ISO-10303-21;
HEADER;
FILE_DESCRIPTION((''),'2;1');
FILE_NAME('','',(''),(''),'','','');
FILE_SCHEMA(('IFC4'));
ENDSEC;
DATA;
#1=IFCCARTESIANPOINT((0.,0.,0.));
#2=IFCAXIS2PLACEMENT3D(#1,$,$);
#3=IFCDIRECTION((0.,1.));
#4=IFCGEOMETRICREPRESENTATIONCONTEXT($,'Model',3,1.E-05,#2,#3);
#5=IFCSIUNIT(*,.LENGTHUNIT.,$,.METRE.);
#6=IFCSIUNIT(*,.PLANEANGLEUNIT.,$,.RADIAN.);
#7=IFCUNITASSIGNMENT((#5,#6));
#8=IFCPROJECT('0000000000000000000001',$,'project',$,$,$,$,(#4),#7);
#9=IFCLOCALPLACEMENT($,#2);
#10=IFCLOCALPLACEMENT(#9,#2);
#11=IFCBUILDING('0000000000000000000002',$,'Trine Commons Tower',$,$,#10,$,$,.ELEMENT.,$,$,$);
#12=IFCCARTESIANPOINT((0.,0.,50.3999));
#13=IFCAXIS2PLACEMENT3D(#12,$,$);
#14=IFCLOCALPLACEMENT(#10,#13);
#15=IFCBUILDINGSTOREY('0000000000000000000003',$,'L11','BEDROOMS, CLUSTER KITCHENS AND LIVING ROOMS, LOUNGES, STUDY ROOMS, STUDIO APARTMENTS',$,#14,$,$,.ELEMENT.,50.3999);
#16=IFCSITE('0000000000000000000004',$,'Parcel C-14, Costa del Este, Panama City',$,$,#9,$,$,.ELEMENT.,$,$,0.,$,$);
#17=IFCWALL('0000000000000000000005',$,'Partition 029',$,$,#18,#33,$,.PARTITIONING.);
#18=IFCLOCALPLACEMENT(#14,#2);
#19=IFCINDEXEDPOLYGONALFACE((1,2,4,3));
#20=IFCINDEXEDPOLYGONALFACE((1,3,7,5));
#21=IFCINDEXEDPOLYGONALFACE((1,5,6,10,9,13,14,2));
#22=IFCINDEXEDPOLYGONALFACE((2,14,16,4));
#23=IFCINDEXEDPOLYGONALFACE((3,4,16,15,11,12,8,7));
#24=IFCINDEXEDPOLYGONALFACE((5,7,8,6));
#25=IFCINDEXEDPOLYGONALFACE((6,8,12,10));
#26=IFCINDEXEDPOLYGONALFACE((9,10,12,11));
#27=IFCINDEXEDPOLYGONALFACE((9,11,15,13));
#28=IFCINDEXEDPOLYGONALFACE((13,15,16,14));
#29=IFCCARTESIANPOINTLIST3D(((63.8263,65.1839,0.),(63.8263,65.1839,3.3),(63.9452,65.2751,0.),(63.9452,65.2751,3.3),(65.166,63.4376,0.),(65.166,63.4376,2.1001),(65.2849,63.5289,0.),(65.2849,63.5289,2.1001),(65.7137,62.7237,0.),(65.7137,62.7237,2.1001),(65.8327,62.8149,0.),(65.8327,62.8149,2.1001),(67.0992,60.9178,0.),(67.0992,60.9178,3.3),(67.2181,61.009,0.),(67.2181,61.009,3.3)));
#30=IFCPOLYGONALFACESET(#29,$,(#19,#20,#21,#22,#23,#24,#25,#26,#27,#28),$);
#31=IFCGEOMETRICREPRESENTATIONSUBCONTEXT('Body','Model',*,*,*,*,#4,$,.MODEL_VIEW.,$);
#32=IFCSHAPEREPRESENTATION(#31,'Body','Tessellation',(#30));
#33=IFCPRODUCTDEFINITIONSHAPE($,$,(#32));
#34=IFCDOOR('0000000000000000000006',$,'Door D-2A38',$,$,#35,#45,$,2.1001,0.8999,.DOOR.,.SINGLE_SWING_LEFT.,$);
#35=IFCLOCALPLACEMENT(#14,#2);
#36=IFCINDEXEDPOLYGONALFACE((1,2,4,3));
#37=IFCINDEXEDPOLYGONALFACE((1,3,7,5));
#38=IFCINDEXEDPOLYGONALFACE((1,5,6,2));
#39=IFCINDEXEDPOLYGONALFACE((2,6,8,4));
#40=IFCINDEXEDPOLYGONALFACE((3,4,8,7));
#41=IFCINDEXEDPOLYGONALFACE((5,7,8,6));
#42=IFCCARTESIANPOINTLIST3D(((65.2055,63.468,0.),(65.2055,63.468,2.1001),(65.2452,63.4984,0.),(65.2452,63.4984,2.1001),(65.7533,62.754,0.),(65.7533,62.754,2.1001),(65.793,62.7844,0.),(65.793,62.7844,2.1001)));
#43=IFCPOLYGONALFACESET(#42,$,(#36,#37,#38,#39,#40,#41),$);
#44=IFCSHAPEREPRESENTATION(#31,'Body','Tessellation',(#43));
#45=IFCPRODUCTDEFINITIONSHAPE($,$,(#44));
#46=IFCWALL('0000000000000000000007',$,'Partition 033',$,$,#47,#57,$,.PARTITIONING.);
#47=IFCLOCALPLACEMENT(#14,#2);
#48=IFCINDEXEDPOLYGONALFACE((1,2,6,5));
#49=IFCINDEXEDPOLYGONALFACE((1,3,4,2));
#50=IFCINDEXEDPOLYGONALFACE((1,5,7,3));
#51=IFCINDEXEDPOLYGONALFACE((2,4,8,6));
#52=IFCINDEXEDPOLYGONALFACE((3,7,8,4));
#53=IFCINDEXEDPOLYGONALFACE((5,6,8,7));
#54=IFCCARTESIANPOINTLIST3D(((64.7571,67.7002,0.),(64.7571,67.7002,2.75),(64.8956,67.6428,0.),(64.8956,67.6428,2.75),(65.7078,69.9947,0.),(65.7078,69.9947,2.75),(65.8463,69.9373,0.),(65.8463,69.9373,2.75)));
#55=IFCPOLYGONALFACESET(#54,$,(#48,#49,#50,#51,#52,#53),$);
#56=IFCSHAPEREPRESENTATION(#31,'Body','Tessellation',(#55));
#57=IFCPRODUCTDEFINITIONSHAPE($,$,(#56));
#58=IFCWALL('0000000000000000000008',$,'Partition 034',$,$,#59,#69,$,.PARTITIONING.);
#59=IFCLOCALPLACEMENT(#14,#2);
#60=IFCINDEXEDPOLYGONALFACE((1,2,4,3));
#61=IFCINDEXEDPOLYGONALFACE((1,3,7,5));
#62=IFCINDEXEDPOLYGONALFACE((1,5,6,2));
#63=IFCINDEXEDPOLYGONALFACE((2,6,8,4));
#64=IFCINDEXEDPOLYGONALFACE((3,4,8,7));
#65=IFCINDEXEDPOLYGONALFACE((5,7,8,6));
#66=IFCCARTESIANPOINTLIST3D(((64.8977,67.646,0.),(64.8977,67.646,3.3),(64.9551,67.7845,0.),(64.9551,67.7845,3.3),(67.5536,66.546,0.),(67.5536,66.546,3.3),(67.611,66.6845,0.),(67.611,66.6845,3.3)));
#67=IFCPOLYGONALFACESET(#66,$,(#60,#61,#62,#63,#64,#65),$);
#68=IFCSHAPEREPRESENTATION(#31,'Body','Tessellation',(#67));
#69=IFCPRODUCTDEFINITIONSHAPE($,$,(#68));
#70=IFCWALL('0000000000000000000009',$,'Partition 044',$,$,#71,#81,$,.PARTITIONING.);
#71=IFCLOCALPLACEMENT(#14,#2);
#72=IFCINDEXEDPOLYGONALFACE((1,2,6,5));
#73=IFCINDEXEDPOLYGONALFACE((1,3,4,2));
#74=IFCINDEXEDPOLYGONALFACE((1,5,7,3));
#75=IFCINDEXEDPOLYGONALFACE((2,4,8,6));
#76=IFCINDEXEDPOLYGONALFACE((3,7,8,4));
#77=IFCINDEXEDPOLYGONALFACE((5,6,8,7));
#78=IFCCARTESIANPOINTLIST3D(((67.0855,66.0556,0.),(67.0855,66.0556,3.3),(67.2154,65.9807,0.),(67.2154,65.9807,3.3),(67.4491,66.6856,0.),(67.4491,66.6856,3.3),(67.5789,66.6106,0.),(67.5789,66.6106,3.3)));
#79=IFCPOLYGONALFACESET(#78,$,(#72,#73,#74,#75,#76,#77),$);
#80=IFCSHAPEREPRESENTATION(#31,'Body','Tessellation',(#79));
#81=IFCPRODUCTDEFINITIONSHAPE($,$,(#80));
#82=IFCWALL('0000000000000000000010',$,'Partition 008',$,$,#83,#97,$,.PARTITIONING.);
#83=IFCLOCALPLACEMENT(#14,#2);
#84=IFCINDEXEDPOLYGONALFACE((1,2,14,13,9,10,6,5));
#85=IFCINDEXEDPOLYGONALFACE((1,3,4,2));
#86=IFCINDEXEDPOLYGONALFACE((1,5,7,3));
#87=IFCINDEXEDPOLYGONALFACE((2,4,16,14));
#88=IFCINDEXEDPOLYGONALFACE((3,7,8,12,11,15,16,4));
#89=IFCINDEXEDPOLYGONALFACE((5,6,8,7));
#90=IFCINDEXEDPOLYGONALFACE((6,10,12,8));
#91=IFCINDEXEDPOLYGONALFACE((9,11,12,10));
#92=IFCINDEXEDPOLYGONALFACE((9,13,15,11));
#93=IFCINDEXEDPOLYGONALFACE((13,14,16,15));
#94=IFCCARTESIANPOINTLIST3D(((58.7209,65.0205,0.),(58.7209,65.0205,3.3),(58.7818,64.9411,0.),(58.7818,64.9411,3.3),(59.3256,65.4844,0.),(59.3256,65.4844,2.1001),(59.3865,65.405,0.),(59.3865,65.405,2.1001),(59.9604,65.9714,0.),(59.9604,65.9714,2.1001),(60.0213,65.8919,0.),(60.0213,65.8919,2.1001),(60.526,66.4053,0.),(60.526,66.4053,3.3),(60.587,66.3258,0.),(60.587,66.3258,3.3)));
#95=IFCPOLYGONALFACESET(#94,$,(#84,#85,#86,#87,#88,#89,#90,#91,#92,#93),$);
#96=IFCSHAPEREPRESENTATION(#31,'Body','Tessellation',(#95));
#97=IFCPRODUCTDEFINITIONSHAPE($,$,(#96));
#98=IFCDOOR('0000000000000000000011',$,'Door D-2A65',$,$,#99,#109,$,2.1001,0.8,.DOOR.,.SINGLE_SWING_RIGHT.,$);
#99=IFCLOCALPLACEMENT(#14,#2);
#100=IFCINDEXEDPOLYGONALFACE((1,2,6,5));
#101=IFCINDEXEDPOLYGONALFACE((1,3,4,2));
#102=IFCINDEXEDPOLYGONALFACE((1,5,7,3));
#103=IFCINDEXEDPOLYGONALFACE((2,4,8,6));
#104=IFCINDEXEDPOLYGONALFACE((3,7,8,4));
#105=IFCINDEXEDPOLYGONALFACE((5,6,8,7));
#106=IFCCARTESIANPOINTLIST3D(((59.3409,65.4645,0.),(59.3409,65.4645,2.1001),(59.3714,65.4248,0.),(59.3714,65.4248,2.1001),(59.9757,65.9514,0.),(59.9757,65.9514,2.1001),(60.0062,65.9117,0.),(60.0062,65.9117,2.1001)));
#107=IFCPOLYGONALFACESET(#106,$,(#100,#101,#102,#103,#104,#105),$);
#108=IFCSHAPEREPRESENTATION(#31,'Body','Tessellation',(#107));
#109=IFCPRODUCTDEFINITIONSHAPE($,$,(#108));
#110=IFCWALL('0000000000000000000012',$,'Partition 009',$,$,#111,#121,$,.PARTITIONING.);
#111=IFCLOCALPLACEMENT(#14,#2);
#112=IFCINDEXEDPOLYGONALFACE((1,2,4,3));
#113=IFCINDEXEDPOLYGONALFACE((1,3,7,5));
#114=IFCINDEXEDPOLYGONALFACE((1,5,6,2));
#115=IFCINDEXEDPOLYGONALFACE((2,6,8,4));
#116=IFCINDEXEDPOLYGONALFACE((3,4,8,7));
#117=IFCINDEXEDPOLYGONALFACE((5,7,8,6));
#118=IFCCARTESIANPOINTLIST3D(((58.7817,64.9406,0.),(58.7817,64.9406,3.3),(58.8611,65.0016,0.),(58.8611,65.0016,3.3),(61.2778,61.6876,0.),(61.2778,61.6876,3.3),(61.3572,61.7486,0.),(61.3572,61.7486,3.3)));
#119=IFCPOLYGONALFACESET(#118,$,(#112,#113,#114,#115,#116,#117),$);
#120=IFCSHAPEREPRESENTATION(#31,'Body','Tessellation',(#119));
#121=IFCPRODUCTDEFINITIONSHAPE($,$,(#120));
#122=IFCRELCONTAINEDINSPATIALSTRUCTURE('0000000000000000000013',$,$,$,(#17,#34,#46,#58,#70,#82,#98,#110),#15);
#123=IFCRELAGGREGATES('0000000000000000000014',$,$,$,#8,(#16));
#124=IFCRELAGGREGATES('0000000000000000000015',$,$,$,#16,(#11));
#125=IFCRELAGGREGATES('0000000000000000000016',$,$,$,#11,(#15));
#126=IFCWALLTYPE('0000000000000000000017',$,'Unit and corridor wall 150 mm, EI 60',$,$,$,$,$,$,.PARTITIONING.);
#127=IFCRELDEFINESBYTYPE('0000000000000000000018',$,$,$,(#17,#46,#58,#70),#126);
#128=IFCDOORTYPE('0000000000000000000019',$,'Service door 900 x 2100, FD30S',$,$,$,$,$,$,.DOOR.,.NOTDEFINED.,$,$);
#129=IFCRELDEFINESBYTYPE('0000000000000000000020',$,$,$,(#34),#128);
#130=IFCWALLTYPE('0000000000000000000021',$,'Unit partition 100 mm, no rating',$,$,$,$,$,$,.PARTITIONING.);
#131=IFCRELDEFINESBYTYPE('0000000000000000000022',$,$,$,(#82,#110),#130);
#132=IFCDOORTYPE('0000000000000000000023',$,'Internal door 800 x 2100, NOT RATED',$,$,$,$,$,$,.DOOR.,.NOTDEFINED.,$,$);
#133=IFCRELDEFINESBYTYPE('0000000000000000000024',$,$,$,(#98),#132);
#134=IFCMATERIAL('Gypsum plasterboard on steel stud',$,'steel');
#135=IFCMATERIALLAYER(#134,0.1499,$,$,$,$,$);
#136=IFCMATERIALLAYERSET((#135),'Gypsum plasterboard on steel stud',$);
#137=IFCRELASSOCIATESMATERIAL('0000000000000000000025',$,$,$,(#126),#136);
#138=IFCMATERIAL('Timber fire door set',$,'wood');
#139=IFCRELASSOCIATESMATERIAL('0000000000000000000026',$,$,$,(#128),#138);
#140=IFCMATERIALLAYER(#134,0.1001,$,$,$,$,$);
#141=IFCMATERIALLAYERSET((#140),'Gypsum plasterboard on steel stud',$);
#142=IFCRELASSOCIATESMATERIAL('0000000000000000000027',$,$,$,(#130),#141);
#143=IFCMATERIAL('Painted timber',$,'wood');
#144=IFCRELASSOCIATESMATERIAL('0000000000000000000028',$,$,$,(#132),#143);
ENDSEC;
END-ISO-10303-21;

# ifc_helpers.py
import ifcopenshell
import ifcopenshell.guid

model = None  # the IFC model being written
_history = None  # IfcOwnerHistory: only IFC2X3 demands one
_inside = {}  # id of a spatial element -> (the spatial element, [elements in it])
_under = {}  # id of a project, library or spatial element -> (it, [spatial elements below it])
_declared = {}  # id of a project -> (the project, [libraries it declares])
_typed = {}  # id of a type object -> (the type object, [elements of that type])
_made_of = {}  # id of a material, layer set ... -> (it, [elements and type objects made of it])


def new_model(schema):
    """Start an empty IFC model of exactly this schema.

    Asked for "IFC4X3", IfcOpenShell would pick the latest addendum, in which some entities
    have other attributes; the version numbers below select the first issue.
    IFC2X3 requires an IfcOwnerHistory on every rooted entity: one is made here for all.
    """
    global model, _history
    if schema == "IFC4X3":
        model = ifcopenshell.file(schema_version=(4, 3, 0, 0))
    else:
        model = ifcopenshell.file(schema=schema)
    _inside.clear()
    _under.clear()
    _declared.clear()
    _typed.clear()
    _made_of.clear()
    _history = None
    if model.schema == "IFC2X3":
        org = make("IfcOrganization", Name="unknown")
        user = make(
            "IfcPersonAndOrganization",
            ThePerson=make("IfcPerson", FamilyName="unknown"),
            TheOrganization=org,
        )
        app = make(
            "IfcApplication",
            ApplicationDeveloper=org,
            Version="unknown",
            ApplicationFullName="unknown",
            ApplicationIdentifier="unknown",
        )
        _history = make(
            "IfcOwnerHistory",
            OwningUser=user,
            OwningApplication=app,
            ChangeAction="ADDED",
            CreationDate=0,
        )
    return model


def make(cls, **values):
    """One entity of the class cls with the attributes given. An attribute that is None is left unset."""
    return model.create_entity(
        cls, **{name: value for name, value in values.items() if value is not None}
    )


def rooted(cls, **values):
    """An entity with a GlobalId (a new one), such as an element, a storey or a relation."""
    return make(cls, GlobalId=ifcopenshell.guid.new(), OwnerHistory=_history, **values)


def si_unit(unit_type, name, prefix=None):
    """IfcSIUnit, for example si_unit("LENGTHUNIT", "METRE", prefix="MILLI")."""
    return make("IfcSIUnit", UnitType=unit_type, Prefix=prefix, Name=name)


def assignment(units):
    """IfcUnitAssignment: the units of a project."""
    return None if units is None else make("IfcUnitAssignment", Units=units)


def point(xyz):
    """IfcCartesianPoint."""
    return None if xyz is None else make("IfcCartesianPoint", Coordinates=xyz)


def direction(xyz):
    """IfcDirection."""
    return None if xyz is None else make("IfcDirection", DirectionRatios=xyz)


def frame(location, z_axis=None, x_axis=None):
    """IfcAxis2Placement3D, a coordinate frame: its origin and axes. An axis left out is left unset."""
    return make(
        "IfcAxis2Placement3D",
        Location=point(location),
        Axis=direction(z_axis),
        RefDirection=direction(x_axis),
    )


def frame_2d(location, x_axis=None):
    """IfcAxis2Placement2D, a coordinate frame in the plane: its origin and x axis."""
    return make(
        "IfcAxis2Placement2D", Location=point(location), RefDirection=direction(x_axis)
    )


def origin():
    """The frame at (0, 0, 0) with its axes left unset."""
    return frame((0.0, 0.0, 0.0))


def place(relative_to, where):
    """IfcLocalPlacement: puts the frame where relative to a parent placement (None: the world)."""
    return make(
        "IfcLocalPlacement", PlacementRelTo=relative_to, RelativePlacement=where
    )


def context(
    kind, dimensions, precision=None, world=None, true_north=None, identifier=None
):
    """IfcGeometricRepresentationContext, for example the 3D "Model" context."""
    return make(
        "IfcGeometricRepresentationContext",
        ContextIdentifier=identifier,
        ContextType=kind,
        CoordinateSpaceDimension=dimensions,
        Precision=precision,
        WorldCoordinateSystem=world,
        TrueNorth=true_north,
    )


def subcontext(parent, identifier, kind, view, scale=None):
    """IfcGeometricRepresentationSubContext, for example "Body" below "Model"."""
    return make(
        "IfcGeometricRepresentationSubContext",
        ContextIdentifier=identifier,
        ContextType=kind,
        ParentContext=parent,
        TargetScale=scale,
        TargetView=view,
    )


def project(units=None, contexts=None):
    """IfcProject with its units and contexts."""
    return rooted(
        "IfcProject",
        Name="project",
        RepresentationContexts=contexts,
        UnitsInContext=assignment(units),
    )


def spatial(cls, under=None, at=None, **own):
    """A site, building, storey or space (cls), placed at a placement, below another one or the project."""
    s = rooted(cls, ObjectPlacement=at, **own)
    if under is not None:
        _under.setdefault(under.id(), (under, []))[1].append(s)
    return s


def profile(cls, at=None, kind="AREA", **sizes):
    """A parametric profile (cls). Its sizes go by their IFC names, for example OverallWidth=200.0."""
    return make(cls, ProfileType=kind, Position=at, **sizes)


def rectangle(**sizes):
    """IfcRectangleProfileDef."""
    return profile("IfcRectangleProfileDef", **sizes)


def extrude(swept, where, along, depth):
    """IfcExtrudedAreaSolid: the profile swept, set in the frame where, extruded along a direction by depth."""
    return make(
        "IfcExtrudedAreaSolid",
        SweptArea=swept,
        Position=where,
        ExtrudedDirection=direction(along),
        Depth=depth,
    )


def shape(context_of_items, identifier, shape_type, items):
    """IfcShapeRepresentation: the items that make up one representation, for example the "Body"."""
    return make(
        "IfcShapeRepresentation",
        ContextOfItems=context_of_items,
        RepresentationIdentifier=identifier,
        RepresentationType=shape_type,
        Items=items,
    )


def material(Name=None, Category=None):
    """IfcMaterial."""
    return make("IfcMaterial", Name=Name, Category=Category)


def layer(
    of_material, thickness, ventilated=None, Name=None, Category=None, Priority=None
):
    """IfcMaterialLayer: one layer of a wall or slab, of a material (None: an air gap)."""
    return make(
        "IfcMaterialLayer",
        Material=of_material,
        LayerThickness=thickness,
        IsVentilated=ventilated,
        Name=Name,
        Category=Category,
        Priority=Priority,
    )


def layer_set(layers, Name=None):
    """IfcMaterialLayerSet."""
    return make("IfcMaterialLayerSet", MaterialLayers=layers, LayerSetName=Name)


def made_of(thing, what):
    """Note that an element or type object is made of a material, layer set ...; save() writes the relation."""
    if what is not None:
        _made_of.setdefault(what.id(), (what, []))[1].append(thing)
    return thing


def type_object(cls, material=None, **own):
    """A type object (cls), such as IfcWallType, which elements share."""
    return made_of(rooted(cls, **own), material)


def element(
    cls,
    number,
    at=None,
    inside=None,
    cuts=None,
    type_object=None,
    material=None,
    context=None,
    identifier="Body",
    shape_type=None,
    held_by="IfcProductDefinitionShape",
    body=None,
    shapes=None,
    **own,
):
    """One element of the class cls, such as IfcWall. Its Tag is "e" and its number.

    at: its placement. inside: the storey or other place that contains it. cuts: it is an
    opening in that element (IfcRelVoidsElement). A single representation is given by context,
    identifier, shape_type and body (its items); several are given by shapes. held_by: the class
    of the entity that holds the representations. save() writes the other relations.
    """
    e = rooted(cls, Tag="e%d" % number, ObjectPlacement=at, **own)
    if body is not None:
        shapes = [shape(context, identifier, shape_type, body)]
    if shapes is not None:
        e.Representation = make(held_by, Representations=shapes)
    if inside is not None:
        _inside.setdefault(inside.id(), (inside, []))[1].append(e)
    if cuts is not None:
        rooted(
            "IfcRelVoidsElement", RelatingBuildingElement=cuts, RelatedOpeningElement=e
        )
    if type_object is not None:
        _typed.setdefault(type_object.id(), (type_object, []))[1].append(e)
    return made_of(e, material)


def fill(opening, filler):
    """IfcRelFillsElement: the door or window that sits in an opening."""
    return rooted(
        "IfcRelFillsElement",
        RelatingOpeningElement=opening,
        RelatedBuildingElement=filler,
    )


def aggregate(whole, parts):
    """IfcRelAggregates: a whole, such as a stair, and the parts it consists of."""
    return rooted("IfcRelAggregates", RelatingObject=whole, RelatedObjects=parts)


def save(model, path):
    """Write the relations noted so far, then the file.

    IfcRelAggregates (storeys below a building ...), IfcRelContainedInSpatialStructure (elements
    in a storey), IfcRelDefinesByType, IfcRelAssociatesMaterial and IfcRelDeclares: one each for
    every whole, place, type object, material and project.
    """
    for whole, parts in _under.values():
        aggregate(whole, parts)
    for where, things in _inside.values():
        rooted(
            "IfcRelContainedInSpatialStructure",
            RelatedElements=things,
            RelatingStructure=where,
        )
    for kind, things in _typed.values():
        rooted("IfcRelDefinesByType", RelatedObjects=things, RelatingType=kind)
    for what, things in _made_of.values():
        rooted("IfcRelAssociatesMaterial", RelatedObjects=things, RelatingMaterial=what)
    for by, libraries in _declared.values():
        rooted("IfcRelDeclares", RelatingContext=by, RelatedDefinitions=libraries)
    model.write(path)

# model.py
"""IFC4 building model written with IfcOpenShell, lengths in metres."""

from ifc_helpers import new_model, si_unit, direction, frame, frame_2d, origin, place, context, subcontext, project, spatial, rectangle, extrude, material, layer, layer_set, type_object, element, fill, save


model = new_model("IFC4")

# Units and contexts
model_context = context("Model", 3, precision=1e-05, world=origin(), true_north=direction((0.0, 1.0)))
body_context = subcontext(model_context, "Body", "Model", "MODEL_VIEW")
ifc_project = project(units=[si_unit("LENGTHUNIT", "METRE"), si_unit("PLANEANGLEUNIT", "RADIAN")], contexts=[model_context])

# Site, building, storey
site_placement = place(None, origin())
site = spatial("IfcSite", under=ifc_project, at=site_placement, Name="Parcel C-14, Costa del Este, Panama City", CompositionType="ELEMENT", RefElevation=0.0)
building_placement = place(site_placement, origin())
building = spatial("IfcBuilding", under=site, at=building_placement, Name="Trine Commons Tower", CompositionType="ELEMENT")
storey_placement = place(building_placement, frame((0.0, 0.0, 50.3999)))
storey = spatial("IfcBuildingStorey", under=building, at=storey_placement, Name="L11", Description="BEDROOMS, CLUSTER KITCHENS AND LIVING ROOMS, LOUNGES, STUDY ROOMS, STUDIO APARTMENTS", CompositionType="ELEMENT", Elevation=50.3999)

# Shared definitions
ifc_material_1 = material(Name="Gypsum plasterboard on steel stud", Category="steel")
ifc_layer_1 = layer(ifc_material_1, 0.1499)
ifc_layer_set_1 = layer_set([ifc_layer_1], Name="Gypsum plasterboard on steel stud")
wall_type_1 = type_object("IfcWallType", Name="Unit and corridor wall 150 mm, EI 60", PredefinedType="PARTITIONING", material=ifc_layer_set_1)
ifc_material_2 = material(Name="Timber fire door set", Category="wood")

# Shared definitions
ifc_material_3 = material(Name="Painted timber", Category="wood")

# Wall, opening, door
wall_1_placement = place(storey_placement, frame((63.8857, 65.2295, 0.0), z_axis=(0.0, 0.0, 1.0), x_axis=(0.608697, -0.793403, 0.0)))
wall_1 = element("IfcWall", 1, at=wall_1_placement, inside=storey, type_object=wall_type_1, Name="Partition 029", PredefinedType="PARTITIONING", context=body_context, shape_type="SweptSolid", body=[
    extrude(rectangle(XDim=5.377, YDim=0.1499, at=frame_2d((2.6885, 0.0))), origin(), (0.0, 0.0, 1.0), 3.3),
])
opening_1_placement = place(wall_1_placement, frame((2.2009, 0.0, 0.0)))
opening_1 = element("IfcOpeningElement", 2, at=opening_1_placement, cuts=wall_1, PredefinedType="OPENING", context=body_context, shape_type="SweptSolid", body=[
    extrude(rectangle(XDim=0.8999, YDim=2.1001, at=frame_2d((0.45, 1.05))), frame((0.0, 0.085, 0.0), z_axis=(0.0, -1.0, 0.0), x_axis=(1.0, 0.0, 0.0)), (0.0, 0.0, 1.0), 0.1699),
])
door_type_1 = type_object("IfcDoorType", Name="Service door 900 x 2100, FD30S", OperationType="NOTDEFINED", PredefinedType="DOOR", material=ifc_material_2)
door_1_placement = place(opening_1_placement, origin())
door_1 = element("IfcDoor", 3, at=door_1_placement, inside=storey, type_object=door_type_1, Name="Door D-2A38", OperationType="SINGLE_SWING_LEFT", OverallHeight=2.1001, OverallWidth=0.8999, PredefinedType="DOOR", context=body_context, shape_type="SweptSolid", body=[
    extrude(rectangle(XDim=0.8999, YDim=2.1001, at=frame_2d((0.45, 1.05))), frame((0.0, 0.0249, 0.0), z_axis=(0.0, -1.0, 0.0), x_axis=(1.0, 0.0, 0.0)), (0.0, 0.0, 1.0), 0.05),
])
fill(opening_1, door_1)

# Walls
wall_2_placement = place(storey_placement, frame((64.8264, 67.6716, 0.0), z_axis=(0.0, 0.0, 1.0), x_axis=(0.382786, 0.923837, 0.0)))
element("IfcWall", 4, at=wall_2_placement, inside=storey, type_object=wall_type_1, Name="Partition 033", PredefinedType="PARTITIONING", context=body_context, shape_type="SweptSolid", body=[
    extrude(rectangle(XDim=2.4836, YDim=0.1499, at=frame_2d((1.2417, 0.0))), origin(), (0.0, 0.0, 1.0), 2.75),
])
wall_3_placement = place(storey_placement, frame((64.9263, 67.7153, 0.0), z_axis=(0.0, 0.0, 1.0), x_axis=(0.923886, -0.382667, 0.0)))
element("IfcWall", 5, at=wall_3_placement, inside=storey, type_object=wall_type_1, Name="Partition 034", PredefinedType="PARTITIONING", context=body_context, shape_type="SweptSolid", body=[
    extrude(rectangle(XDim=2.8748, YDim=0.1499, at=frame_2d((1.4375, 0.0))), origin(), (0.0, 0.0, 1.0), 3.3),
])
wall_4_placement = place(storey_placement, frame((67.1504, 66.0181, 0.0), z_axis=(0.0, 0.0, 1.0), x_axis=(0.499858, 0.866107, 0.0)))
element("IfcWall", 6, at=wall_4_placement, inside=storey, type_object=wall_type_1, Name="Partition 044", PredefinedType="PARTITIONING", context=body_context, shape_type="SweptSolid", body=[
    extrude(rectangle(XDim=0.7273, YDim=0.1499, at=frame_2d((0.3638, 0.0))), origin(), (0.0, 0.0, 1.0), 3.3),
])

# Wall, opening, door
ifc_layer_2 = layer(ifc_material_1, 0.1001)
ifc_layer_set_2 = layer_set([ifc_layer_2], Name="Gypsum plasterboard on steel stud")
wall_type_2 = type_object("IfcWallType", Name="Unit partition 100 mm, no rating", PredefinedType="PARTITIONING", material=ifc_layer_set_2)
wall_5_placement = place(storey_placement, frame((58.7512, 64.9807, 0.0), z_axis=(0.0, 0.0, 1.0), x_axis=(0.793437, 0.608652, 0.0)))
wall_5 = element("IfcWall", 7, at=wall_5_placement, inside=storey, type_object=wall_type_2, Name="Partition 008", PredefinedType="PARTITIONING", context=body_context, shape_type="SweptSolid", body=[
    extrude(rectangle(XDim=2.2751, YDim=0.1001, at=frame_2d((1.1377, 0.0))), origin(), (0.0, 0.0, 1.0), 3.3),
])
opening_2_placement = place(wall_5_placement, frame((0.7625, 0.0, 0.0)))
opening_2 = element("IfcOpeningElement", 8, at=opening_2_placement, cuts=wall_5, PredefinedType="OPENING", context=body_context, shape_type="SweptSolid", body=[
    extrude(rectangle(XDim=0.8, YDim=2.1001, at=frame_2d((0.3999, 1.05))), frame((0.0, 0.0601, 0.0), z_axis=(0.0, -1.0, 0.0), x_axis=(1.0, 0.0, 0.0)), (0.0, 0.0, 1.0), 0.1201),
])
door_type_2 = type_object("IfcDoorType", Name="Internal door 800 x 2100, NOT RATED", OperationType="NOTDEFINED", PredefinedType="DOOR", material=ifc_material_3)
door_2_placement = place(opening_2_placement, origin())
door_2 = element("IfcDoor", 9, at=door_2_placement, inside=storey, type_object=door_type_2, Name="Door D-2A65", OperationType="SINGLE_SWING_RIGHT", OverallHeight=2.1001, OverallWidth=0.8, PredefinedType="DOOR", context=body_context, shape_type="SweptSolid", body=[
    extrude(rectangle(XDim=0.8, YDim=2.1001, at=frame_2d((0.3999, 1.05))), frame((0.0, 0.0249, 0.0), z_axis=(0.0, -1.0, 0.0), x_axis=(1.0, 0.0, 0.0)), (0.0, 0.0, 1.0), 0.05),
])
fill(opening_2, door_2)

# Wall
wall_6_placement = place(storey_placement, frame((58.8213, 64.9712, 0.0), z_axis=(0.0, 0.0, 1.0), x_axis=(0.608766, -0.793349, 0.0)))
element("IfcWall", 10, at=wall_6_placement, inside=storey, type_object=wall_type_2, Name="Partition 009", PredefinedType="PARTITIONING", context=body_context, shape_type="SweptSolid", body=[
    extrude(rectangle(XDim=4.1003, YDim=0.1001, at=frame_2d((2.0503, 0.0))), origin(), (0.0, 0.0, 1.0), 3.3),
])

save(model, "model.ifc")
